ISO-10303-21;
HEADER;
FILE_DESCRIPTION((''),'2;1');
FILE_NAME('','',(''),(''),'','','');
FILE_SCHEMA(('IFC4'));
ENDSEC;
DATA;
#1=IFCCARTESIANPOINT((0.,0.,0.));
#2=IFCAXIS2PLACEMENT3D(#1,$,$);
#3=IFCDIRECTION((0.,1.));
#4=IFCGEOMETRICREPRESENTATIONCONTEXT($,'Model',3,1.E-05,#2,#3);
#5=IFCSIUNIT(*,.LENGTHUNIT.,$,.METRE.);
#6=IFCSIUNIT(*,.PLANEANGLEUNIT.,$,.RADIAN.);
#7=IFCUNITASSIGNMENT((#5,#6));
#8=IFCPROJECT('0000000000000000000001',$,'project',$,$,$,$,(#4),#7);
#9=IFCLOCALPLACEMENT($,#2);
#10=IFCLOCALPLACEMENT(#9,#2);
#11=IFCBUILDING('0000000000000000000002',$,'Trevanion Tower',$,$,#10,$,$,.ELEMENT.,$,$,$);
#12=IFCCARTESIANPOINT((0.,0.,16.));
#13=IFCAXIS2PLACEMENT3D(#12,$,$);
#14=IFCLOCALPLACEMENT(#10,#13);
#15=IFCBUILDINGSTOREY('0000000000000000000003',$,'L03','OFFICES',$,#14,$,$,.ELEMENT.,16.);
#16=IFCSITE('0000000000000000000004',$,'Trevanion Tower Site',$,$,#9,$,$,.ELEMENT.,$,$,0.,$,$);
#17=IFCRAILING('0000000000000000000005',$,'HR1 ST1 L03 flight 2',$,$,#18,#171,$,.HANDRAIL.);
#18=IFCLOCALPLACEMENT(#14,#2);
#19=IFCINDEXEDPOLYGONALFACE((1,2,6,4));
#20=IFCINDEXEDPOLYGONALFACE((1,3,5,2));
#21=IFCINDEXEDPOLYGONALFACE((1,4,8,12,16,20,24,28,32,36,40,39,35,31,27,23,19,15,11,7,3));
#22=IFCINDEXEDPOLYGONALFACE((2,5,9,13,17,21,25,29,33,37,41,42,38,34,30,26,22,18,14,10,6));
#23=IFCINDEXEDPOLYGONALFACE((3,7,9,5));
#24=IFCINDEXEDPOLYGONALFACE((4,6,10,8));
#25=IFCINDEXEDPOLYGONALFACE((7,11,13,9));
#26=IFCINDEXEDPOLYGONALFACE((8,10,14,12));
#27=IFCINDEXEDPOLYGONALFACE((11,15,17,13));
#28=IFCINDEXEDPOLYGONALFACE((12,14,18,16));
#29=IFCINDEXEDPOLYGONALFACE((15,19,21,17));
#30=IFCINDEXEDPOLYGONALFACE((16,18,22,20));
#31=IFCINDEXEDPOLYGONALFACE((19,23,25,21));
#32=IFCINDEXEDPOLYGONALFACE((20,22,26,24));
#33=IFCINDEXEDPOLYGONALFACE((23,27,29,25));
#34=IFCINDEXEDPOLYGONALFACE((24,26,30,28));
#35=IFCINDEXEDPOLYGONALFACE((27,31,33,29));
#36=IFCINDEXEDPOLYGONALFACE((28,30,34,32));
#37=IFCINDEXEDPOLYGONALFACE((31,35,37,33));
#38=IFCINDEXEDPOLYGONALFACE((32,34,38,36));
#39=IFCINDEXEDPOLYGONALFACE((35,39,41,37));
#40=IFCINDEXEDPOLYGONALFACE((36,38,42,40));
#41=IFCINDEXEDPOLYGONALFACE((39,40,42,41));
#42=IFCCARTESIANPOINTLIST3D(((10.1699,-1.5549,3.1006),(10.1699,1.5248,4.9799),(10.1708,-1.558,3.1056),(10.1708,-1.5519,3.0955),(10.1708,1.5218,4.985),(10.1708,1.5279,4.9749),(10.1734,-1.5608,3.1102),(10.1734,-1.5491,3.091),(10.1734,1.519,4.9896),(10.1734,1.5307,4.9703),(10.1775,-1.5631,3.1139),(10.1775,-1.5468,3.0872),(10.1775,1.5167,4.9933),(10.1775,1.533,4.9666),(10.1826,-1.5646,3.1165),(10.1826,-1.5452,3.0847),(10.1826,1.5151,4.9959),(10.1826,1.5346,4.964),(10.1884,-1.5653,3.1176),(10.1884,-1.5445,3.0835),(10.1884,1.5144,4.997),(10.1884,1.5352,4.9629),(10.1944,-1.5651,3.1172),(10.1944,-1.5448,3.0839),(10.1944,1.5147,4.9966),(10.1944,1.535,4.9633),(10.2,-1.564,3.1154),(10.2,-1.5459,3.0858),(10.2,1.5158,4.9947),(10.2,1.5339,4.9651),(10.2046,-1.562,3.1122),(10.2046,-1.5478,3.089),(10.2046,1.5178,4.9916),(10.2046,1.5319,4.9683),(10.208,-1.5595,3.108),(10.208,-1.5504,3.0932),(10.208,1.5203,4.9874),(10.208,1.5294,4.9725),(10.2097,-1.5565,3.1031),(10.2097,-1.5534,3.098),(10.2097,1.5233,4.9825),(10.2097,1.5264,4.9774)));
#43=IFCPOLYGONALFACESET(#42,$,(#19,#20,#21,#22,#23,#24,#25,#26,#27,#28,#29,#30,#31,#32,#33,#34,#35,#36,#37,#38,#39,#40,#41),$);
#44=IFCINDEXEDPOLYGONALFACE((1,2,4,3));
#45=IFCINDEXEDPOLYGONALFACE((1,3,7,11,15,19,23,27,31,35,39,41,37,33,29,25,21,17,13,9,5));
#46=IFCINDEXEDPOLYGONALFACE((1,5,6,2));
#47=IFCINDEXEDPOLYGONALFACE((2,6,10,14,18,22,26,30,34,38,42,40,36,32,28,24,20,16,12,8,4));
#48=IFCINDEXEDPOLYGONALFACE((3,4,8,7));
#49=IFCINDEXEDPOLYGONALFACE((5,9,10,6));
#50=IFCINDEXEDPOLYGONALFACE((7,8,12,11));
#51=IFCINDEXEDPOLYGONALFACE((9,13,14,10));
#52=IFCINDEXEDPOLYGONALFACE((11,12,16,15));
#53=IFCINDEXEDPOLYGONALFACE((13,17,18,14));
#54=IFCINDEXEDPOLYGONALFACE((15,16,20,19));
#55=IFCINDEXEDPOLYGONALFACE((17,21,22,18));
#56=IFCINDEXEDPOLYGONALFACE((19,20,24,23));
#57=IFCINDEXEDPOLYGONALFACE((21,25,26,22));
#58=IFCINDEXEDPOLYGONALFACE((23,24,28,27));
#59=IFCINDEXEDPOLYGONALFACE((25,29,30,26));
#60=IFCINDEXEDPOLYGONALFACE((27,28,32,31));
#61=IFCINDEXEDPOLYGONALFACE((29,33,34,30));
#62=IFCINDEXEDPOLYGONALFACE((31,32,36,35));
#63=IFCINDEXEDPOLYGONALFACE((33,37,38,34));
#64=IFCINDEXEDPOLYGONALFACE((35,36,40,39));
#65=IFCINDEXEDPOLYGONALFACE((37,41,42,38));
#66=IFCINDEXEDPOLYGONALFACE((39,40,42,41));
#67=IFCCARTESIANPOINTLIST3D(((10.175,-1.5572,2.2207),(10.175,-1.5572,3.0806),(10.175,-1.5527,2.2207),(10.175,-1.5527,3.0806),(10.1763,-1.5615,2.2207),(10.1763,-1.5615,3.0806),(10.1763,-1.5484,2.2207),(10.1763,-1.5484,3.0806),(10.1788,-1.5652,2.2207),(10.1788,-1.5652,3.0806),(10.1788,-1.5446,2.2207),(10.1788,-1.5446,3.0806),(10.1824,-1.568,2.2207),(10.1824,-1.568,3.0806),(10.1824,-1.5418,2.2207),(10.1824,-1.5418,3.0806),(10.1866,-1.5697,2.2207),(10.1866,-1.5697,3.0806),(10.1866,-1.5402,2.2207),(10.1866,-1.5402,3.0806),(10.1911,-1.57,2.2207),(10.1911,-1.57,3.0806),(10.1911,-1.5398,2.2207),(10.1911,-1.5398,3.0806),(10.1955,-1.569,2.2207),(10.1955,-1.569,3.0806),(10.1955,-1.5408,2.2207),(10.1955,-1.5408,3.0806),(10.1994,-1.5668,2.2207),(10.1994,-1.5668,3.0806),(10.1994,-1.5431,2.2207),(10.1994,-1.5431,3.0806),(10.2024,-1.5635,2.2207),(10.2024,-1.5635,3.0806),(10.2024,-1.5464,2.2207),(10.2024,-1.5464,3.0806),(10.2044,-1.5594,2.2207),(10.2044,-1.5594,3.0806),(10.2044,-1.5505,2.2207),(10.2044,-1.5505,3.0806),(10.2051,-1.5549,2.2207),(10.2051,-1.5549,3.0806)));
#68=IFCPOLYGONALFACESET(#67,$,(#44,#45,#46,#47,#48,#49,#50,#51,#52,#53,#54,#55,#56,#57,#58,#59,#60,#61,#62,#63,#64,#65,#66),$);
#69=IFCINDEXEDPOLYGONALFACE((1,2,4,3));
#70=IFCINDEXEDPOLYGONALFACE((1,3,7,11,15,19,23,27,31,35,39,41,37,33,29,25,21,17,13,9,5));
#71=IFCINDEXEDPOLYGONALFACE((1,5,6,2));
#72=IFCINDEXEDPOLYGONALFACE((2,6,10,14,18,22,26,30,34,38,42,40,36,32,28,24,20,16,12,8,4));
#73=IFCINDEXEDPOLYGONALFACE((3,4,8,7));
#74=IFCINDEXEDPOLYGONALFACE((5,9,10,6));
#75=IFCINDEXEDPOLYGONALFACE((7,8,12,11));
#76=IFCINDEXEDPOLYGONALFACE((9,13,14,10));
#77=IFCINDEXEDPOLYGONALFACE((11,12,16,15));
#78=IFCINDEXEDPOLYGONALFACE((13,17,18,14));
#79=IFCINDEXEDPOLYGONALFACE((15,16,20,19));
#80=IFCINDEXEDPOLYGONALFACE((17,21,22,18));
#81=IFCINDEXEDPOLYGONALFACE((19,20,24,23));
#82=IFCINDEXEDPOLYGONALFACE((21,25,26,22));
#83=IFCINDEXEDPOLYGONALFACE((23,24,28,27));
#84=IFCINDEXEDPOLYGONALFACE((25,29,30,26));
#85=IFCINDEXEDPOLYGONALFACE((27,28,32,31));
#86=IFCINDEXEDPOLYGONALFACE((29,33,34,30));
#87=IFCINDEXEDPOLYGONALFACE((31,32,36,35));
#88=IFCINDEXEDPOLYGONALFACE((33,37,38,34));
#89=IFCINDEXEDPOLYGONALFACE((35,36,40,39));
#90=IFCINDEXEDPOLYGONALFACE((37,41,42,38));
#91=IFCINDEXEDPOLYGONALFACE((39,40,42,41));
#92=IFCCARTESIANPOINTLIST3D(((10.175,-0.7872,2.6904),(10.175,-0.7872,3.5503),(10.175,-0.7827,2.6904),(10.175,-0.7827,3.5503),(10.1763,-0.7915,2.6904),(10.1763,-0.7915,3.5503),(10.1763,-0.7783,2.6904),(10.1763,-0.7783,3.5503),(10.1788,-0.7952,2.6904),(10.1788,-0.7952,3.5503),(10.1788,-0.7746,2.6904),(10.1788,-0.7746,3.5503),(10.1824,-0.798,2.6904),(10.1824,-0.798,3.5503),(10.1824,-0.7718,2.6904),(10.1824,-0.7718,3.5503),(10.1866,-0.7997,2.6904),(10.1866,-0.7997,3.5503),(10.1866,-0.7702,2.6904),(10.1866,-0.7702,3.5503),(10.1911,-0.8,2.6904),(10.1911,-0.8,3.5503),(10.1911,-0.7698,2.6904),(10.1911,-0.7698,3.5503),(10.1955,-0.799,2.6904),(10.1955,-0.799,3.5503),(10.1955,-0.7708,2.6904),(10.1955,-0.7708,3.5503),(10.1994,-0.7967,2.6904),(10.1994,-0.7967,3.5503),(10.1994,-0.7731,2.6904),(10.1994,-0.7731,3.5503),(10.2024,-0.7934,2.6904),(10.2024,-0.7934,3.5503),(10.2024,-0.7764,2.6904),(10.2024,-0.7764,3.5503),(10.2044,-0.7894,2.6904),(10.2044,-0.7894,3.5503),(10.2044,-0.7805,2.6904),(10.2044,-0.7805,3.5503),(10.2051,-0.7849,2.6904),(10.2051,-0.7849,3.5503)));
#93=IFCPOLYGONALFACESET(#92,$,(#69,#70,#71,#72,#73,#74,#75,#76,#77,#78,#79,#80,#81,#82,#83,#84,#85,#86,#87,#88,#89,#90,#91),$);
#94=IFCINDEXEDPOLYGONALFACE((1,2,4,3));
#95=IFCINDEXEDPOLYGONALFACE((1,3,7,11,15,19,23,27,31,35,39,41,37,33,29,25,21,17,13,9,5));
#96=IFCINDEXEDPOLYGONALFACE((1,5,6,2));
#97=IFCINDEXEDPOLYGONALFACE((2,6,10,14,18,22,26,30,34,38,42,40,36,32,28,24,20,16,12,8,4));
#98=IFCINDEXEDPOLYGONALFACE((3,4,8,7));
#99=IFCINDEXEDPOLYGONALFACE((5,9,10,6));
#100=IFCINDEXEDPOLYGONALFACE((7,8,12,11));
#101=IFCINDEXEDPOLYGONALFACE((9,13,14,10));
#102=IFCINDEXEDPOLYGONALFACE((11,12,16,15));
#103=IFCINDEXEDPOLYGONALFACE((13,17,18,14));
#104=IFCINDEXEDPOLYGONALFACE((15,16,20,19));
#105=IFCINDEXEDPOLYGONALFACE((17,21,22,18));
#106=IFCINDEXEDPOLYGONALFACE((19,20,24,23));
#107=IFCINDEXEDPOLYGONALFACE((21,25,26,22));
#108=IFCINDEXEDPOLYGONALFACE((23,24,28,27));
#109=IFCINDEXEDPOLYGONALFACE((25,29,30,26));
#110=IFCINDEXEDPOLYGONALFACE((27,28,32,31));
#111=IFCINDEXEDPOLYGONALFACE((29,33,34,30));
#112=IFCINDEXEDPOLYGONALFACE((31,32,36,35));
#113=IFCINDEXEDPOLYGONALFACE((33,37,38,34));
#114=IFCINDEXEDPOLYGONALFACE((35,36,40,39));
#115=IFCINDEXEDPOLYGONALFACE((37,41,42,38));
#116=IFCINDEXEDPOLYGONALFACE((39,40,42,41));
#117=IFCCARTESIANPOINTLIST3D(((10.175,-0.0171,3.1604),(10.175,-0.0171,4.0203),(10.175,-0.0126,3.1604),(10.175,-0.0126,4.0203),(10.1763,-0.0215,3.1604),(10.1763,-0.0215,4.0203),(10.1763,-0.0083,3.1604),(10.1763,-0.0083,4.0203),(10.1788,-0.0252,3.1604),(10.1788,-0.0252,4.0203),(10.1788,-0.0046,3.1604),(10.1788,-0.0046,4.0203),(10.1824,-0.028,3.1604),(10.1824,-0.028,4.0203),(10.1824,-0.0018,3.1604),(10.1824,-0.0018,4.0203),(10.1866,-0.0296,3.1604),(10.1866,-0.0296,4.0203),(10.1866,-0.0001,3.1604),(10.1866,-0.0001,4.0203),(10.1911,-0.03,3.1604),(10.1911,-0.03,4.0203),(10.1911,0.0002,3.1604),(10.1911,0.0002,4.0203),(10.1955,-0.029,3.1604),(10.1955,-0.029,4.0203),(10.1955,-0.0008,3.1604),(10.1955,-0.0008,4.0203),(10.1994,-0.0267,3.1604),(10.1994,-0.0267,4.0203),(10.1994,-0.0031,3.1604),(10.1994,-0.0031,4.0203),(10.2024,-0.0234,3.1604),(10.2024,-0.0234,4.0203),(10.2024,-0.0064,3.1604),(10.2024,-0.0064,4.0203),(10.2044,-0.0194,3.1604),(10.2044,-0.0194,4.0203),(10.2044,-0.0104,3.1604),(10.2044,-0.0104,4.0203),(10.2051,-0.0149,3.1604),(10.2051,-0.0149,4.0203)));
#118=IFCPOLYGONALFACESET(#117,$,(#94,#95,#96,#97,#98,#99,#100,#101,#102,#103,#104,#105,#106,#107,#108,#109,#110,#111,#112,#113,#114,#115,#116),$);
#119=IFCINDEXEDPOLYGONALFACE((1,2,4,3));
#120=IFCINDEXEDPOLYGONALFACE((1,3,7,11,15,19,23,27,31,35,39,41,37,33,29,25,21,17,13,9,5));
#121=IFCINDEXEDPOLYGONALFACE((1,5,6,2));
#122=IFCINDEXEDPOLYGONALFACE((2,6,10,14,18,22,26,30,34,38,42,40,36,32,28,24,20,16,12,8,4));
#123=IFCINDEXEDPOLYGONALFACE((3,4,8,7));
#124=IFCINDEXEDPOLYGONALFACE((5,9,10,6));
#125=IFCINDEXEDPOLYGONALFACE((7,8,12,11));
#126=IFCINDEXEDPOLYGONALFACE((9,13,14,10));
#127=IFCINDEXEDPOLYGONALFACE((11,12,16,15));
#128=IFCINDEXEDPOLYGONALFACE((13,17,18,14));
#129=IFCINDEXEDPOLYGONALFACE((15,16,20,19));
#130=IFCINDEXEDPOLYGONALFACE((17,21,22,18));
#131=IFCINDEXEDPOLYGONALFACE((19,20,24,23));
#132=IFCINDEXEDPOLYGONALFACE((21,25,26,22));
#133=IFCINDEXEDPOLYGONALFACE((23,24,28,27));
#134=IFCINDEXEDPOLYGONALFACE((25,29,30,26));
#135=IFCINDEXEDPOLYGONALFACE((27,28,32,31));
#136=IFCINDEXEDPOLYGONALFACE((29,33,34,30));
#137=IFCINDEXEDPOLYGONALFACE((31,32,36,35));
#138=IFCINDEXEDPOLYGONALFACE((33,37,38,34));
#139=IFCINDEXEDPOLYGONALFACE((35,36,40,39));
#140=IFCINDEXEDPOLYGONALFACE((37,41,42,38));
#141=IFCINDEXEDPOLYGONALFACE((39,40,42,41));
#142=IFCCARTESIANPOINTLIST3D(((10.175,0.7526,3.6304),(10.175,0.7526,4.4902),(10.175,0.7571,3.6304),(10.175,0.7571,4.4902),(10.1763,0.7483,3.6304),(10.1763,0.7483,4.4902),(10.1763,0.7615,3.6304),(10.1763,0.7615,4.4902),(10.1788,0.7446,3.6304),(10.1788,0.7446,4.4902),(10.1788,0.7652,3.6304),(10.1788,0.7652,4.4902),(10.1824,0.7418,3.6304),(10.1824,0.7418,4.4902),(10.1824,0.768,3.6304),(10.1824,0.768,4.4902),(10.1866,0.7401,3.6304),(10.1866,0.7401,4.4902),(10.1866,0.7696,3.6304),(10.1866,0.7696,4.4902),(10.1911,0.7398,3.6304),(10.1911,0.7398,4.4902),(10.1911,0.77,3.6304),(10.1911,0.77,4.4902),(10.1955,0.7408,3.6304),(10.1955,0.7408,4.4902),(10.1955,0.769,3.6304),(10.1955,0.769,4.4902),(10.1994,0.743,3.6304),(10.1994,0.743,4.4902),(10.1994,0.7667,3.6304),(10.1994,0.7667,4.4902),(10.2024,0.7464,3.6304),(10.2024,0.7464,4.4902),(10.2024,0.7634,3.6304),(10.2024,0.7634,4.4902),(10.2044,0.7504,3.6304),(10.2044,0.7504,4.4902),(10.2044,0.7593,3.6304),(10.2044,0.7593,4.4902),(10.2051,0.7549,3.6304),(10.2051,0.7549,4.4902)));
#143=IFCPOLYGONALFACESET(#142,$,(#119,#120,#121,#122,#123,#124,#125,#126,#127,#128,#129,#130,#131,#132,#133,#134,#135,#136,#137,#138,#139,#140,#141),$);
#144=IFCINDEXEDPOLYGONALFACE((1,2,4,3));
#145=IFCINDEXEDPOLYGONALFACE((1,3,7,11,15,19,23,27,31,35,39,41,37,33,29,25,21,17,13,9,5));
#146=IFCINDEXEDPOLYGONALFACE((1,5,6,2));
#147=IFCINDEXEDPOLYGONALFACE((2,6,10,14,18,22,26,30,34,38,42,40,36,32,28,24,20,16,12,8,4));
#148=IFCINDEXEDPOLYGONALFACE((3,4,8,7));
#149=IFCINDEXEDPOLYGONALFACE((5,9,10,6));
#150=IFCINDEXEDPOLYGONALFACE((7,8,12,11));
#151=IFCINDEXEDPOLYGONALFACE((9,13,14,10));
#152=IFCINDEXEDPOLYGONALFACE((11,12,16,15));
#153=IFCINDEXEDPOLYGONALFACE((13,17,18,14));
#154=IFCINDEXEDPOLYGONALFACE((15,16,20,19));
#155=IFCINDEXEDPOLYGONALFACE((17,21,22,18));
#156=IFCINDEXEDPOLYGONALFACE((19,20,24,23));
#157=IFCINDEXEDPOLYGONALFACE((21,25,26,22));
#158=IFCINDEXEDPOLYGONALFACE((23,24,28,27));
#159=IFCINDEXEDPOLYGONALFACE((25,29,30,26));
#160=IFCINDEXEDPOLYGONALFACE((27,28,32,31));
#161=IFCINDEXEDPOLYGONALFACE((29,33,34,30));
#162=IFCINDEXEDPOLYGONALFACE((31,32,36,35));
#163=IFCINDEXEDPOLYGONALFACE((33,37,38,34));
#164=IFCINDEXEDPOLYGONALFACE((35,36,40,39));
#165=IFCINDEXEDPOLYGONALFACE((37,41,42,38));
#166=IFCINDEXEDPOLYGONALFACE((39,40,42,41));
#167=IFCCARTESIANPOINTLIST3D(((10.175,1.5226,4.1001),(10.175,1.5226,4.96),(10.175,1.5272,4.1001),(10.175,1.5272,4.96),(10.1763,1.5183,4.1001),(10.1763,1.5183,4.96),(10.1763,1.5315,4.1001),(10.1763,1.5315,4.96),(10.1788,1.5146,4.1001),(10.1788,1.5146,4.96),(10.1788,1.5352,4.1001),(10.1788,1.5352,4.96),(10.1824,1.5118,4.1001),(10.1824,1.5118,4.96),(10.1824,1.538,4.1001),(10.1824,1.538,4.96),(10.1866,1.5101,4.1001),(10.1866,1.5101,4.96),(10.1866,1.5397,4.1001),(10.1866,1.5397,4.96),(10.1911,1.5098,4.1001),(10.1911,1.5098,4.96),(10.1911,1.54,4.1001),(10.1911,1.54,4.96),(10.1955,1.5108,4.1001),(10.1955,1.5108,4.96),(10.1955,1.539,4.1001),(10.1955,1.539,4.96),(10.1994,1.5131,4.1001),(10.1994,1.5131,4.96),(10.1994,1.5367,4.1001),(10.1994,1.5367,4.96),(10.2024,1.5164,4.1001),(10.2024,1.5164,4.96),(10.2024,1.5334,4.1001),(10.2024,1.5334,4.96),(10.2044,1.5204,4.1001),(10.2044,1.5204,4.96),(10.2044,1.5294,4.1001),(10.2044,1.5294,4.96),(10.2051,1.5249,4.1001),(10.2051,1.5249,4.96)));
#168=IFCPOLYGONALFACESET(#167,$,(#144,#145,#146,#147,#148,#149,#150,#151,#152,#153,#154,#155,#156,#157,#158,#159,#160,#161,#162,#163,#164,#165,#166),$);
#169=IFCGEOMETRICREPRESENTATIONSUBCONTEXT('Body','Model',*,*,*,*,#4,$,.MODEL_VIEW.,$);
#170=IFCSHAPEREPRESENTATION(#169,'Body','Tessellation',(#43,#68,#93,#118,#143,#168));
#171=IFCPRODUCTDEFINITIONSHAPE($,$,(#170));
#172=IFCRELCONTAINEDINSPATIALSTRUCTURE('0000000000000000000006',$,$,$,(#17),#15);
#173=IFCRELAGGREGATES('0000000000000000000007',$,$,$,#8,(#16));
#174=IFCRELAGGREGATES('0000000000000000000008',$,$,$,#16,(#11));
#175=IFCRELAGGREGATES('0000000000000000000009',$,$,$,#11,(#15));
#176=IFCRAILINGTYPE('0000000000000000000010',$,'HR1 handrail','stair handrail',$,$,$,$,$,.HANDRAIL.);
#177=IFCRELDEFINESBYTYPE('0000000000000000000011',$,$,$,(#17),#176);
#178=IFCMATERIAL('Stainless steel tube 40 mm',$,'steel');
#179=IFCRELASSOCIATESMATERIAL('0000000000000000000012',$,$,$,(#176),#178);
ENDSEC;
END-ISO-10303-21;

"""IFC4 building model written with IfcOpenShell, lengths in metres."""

from ifc_helpers import new_model, si_unit, direction, frame, origin, origin_2d, place, context, subcontext, project, spatial, circle, extrude, material, type_object, element, save


model = new_model("IFC4")

# Units and contexts
model_context = context("Model", 3, precision=1e-05, world=origin(), true_north=direction((0.0, 1.0)))
body_context = subcontext(model_context, "Body", "Model", "MODEL_VIEW")
ifc_project = project(units=[si_unit("LENGTHUNIT", "METRE"), si_unit("PLANEANGLEUNIT", "RADIAN")], contexts=[model_context])

# Site, building, storey
site_placement = place(None, origin())
site = spatial("IfcSite", under=ifc_project, at=site_placement, Name="Trevanion Tower Site", CompositionType="ELEMENT", RefElevation=0.0)
building_placement = place(site_placement, origin())
building = spatial("IfcBuilding", under=site, at=building_placement, Name="Trevanion Tower", CompositionType="ELEMENT")
storey_placement = place(building_placement, frame((0.0, 0.0, 16.0)))
storey = spatial("IfcBuildingStorey", under=building, at=storey_placement, Name="L03", Description="OFFICES", CompositionType="ELEMENT", Elevation=16.0)

# Railing
ifc_material_1 = material(Name="Stainless steel tube 40 mm", Category="steel")
railing_type = type_object("IfcRailingType", Name="HR1 handrail", Description="stair handrail", PredefinedType="HANDRAIL", material=ifc_material_1)
for number, where, name in (
    (1, (10.1899, -1.5549, 2.2207), "HR1 ST1 L03 flight 2"),
):
    element("IfcRailing", number, at=place(storey_placement, frame(where)), inside=storey, type_object=railing_type, Name=name, PredefinedType="HANDRAIL", context=body_context, shape_type="SweptSolid", body=[
        extrude(circle(Radius=0.02, at=origin_2d()), frame((0.0, 0.0, 0.8799), z_axis=(0.0, 0.853618, 0.5209), x_axis=(-1.0, 0.0, 0.0)), (0.0, 0.0, 1.0), 3.6079),
        extrude(circle(Radius=0.0151, at=origin_2d()), origin(), (0.0, 0.0, 1.0), 0.8599),
        extrude(circle(Radius=0.0151, at=origin_2d()), frame((0.0, 0.77, 0.4697)), (0.0, 0.0, 1.0), 0.8599),
        extrude(circle(Radius=0.0151, at=origin_2d()), frame((0.0, 1.54, 0.9397)), (0.0, 0.0, 1.0), 0.8599),
        extrude(circle(Radius=0.0151, at=origin_2d()), frame((0.0, 2.3098, 1.4097)), (0.0, 0.0, 1.0), 0.8599),
        extrude(circle(Radius=0.0151, at=origin_2d()), frame((0.0, 3.0798, 1.8794)), (0.0, 0.0, 1.0), 0.8599),
    ])

save(model, "model.ifc")
